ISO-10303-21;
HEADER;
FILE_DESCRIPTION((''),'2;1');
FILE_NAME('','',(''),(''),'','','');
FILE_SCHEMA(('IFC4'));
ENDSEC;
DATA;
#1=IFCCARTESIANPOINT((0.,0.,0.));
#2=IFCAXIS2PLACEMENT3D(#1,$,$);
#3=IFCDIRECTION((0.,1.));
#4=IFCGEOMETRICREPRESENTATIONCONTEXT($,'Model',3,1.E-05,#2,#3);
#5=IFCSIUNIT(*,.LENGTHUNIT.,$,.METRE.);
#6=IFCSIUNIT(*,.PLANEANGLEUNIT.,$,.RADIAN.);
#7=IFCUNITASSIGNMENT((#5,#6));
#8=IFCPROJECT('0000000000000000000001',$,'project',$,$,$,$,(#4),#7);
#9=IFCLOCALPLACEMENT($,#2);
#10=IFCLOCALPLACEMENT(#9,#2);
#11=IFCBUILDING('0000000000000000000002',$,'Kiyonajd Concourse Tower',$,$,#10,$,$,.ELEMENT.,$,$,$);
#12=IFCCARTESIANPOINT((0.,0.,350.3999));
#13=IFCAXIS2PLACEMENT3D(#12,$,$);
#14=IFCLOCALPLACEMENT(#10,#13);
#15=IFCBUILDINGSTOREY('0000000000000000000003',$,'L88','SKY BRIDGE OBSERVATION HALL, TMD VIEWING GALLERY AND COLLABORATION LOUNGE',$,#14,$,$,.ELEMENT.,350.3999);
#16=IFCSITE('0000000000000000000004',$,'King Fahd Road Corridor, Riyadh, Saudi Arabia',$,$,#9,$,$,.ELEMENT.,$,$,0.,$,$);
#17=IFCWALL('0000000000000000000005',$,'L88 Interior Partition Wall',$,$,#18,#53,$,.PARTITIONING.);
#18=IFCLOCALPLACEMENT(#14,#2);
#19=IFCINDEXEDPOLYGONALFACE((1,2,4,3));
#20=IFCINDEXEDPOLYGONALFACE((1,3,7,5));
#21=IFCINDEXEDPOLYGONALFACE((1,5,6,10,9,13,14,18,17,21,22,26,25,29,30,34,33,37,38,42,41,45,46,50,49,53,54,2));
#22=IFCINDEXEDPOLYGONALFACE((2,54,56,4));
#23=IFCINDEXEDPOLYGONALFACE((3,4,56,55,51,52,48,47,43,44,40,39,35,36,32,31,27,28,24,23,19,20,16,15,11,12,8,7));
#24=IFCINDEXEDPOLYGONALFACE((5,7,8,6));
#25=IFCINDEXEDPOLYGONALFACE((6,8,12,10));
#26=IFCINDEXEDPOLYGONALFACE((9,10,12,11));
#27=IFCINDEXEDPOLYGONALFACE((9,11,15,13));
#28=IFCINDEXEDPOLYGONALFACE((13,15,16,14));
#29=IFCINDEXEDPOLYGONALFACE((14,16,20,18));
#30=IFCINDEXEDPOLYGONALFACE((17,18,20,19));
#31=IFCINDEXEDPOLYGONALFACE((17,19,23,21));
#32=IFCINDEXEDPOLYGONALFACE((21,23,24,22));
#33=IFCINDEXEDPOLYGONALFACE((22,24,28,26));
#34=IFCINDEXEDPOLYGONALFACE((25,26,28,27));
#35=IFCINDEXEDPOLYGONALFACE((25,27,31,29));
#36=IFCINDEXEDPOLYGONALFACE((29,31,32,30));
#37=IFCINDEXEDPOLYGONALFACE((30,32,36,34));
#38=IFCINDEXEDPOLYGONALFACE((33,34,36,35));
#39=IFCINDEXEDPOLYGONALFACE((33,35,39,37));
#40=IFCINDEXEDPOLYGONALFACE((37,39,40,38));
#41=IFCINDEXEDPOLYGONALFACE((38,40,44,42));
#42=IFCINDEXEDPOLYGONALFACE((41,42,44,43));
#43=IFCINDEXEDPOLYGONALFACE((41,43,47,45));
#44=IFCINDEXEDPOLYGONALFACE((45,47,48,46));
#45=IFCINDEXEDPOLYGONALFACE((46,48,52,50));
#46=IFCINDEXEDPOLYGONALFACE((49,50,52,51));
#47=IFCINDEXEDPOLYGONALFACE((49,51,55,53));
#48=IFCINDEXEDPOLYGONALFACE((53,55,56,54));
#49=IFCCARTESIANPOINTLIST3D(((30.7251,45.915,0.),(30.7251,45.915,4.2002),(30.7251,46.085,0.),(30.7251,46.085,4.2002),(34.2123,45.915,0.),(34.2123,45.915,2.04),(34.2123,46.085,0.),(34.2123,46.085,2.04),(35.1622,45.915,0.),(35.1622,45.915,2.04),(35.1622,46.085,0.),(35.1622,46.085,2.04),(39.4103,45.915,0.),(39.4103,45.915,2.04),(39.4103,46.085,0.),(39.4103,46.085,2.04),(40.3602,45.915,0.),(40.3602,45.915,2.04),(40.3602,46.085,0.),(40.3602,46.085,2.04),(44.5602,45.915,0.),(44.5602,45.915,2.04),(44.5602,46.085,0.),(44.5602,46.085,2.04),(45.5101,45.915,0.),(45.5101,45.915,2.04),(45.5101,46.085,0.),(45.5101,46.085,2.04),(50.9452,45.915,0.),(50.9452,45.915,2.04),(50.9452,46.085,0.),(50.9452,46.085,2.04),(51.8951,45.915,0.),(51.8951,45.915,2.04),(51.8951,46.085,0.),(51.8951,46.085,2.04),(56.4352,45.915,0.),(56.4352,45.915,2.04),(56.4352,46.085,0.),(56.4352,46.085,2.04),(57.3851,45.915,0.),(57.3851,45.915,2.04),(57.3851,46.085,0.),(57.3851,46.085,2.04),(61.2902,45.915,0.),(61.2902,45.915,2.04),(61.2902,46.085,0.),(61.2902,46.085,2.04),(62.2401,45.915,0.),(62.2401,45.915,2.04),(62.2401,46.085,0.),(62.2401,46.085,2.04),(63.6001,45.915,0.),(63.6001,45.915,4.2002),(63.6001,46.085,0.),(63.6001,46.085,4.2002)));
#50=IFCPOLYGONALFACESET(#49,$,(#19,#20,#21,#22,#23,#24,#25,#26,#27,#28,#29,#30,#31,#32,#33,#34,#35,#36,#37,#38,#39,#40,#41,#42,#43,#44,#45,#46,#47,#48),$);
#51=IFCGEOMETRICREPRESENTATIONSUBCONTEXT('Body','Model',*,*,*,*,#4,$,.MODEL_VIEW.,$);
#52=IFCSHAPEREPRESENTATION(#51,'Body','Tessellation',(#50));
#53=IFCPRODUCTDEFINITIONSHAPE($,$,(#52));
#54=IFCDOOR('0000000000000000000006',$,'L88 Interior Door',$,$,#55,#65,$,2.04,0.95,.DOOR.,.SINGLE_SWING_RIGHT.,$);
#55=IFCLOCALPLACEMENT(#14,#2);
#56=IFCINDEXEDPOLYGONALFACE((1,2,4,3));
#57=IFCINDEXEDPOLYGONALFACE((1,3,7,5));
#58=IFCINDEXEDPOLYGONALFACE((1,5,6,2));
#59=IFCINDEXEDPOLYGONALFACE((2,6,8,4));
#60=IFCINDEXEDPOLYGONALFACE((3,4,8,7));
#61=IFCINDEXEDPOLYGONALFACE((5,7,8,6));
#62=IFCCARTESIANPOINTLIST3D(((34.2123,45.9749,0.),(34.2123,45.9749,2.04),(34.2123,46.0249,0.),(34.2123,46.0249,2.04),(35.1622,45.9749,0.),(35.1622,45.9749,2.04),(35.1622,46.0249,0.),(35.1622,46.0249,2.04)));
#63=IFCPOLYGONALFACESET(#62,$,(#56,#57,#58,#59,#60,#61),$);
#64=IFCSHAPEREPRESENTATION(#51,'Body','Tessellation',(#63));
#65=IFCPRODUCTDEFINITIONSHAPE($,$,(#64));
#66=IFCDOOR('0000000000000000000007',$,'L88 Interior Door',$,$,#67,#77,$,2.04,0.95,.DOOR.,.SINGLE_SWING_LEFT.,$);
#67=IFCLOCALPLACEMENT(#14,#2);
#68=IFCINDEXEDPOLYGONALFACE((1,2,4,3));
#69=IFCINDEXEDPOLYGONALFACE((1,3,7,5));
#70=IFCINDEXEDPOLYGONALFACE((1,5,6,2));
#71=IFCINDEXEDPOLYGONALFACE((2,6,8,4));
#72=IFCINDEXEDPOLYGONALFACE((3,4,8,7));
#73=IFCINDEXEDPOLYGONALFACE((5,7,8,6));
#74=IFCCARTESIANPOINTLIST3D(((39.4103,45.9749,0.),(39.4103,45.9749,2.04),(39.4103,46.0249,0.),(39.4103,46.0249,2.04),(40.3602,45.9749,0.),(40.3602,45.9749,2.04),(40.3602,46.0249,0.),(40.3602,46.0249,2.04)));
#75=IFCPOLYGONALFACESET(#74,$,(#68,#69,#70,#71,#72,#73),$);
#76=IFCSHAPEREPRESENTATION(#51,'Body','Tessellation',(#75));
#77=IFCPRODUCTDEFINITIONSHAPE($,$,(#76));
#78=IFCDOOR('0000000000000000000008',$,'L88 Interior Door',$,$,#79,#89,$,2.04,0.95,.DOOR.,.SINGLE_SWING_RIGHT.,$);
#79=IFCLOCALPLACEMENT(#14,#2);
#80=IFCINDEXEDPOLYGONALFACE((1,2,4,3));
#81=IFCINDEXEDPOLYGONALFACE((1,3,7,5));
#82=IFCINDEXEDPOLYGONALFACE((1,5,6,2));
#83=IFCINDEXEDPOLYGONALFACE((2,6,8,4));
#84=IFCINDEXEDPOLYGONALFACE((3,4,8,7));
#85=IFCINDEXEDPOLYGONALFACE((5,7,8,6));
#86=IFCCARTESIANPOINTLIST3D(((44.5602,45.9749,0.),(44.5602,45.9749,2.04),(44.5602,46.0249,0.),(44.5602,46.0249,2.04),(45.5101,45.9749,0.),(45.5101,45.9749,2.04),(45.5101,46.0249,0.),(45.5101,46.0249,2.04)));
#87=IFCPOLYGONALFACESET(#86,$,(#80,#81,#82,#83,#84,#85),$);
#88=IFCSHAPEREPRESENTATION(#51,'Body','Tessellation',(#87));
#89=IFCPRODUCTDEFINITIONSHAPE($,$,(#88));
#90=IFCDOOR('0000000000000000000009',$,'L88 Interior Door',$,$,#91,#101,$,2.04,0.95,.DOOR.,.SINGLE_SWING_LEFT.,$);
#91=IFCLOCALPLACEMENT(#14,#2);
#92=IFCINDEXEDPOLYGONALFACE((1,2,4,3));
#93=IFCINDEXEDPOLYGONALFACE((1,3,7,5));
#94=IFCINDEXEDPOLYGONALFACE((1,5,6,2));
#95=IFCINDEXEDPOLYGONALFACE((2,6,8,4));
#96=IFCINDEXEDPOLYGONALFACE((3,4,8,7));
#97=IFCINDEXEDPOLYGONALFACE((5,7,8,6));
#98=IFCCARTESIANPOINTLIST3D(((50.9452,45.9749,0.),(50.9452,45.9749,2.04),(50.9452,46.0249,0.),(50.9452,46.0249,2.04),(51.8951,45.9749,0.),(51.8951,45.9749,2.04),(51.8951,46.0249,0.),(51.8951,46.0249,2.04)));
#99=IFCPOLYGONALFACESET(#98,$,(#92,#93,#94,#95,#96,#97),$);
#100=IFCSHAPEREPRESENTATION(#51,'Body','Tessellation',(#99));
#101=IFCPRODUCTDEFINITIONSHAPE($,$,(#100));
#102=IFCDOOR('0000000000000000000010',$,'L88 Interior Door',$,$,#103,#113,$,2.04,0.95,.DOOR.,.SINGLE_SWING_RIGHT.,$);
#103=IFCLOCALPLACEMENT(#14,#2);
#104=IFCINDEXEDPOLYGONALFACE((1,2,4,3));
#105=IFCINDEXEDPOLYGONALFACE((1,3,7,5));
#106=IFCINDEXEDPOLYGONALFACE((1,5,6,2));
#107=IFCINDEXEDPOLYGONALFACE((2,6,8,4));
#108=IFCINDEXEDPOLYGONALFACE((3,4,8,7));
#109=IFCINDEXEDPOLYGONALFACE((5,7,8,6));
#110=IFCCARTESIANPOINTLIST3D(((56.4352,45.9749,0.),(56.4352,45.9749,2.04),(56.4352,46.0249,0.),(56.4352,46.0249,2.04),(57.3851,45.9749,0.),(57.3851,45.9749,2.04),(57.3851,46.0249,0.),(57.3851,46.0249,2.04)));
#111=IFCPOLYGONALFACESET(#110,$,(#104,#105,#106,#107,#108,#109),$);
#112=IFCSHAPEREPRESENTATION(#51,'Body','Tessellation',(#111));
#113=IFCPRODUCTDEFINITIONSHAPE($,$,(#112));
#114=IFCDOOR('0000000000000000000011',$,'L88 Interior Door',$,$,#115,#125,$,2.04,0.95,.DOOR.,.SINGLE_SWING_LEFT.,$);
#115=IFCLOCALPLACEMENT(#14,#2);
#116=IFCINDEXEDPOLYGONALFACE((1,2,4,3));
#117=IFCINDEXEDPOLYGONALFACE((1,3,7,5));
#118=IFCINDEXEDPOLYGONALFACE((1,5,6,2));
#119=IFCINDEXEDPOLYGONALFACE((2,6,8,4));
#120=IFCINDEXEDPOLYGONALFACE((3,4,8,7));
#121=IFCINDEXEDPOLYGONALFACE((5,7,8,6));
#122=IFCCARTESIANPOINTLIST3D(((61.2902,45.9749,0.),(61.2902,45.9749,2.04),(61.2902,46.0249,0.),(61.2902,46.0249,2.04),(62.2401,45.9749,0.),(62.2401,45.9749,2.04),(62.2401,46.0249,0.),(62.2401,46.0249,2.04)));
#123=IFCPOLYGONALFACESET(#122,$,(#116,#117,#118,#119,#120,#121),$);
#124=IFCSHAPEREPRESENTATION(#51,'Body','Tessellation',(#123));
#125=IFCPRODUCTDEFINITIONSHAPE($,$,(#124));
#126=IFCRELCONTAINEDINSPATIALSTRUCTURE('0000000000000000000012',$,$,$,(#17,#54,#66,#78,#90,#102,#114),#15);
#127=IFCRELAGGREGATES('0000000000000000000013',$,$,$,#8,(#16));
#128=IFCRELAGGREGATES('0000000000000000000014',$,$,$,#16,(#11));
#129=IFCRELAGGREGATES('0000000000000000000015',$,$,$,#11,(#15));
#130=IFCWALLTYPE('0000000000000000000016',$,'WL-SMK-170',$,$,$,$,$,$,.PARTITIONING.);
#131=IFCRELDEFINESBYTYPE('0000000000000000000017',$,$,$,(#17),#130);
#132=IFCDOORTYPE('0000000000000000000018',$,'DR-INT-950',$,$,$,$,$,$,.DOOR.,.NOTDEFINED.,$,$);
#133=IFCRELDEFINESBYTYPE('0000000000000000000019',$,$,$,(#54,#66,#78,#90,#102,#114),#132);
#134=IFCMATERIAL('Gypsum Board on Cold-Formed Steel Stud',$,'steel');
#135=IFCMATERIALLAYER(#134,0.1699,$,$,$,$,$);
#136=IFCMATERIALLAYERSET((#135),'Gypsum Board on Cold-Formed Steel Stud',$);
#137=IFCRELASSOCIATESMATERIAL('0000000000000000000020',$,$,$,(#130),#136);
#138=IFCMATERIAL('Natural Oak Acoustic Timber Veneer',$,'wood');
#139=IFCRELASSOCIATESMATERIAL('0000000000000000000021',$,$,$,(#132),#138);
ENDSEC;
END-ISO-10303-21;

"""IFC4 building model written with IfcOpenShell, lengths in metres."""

from ifc_helpers import new_model, si_unit, direction, frame, frame_2d, origin, place, context, subcontext, project, spatial, rectangle, extrude, material, layer, layer_set, type_object, element, fill, save


model = new_model("IFC4")

# Units and contexts
model_context = context("Model", 3, precision=1e-05, world=origin(), true_north=direction((0.0, 1.0)))
body_context = subcontext(model_context, "Body", "Model", "MODEL_VIEW")
ifc_project = project(units=[si_unit("LENGTHUNIT", "METRE"), si_unit("PLANEANGLEUNIT", "RADIAN")], contexts=[model_context])

# Site, building, storey
site_placement = place(None, origin())
site = spatial("IfcSite", under=ifc_project, at=site_placement, Name="King Fahd Road Corridor, Riyadh, Saudi Arabia", CompositionType="ELEMENT", RefElevation=0.0)
building_placement = place(site_placement, origin())
building = spatial("IfcBuilding", under=site, at=building_placement, Name="Kiyonajd Concourse Tower", CompositionType="ELEMENT")
storey_placement = place(building_placement, frame((0.0, 0.0, 350.3999)))
storey = spatial("IfcBuildingStorey", under=building, at=storey_placement, Name="L88", Description="SKY BRIDGE OBSERVATION HALL, TMD VIEWING GALLERY AND COLLABORATION LOUNGE", CompositionType="ELEMENT", Elevation=350.3999)

# Wall, openings, doors
ifc_material_1 = material(Name="Gypsum Board on Cold-Formed Steel Stud", Category="steel")
ifc_layer_1 = layer(ifc_material_1, 0.1699)
ifc_layer_set_1 = layer_set([ifc_layer_1], Name="Gypsum Board on Cold-Formed Steel Stud")
wall_type_1 = type_object("IfcWallType", Name="WL-SMK-170", PredefinedType="PARTITIONING", material=ifc_layer_set_1)
wall_1_placement = place(storey_placement, frame((30.7251, 46.0, 0.0), z_axis=(0.0, 0.0, 1.0), x_axis=(1.0, 0.0, 0.0)))
wall_1 = element("IfcWall", 1, at=wall_1_placement, inside=storey, type_object=wall_type_1, Name="L88 Interior Partition Wall", PredefinedType="PARTITIONING", context=body_context, shape_type="SweptSolid", body=[
    extrude(rectangle(XDim=32.875, YDim=0.1699, at=frame_2d((16.4375, 0.0))), origin(), (0.0, 0.0, 1.0), 4.2002),
])
opening_1_placement = place(wall_1_placement, frame((3.4871, 0.0, 0.0)))
opening_1 = element("IfcOpeningElement", 2, at=opening_1_placement, cuts=wall_1, PredefinedType="OPENING", context=body_context, shape_type="SweptSolid", body=[
    extrude(rectangle(XDim=0.95, YDim=2.04, at=frame_2d((0.4751, 1.02))), frame((0.0, 0.095, 0.0), z_axis=(0.0, -1.0, 0.0), x_axis=(1.0, 0.0, 0.0)), (0.0, 0.0, 1.0), 0.1899),
])
opening_2_placement = place(wall_1_placement, frame((8.6851, 0.0, 0.0)))
opening_2 = element("IfcOpeningElement", 3, at=opening_2_placement, cuts=wall_1, PredefinedType="OPENING", context=body_context, shape_type="SweptSolid", body=[
    extrude(rectangle(XDim=0.95, YDim=2.04, at=frame_2d((0.4751, 1.02))), frame((0.0, 0.095, 0.0), z_axis=(0.0, -1.0, 0.0), x_axis=(1.0, 0.0, 0.0)), (0.0, 0.0, 1.0), 0.1899),
])
opening_3_placement = place(wall_1_placement, frame((13.835, 0.0, 0.0)))
opening_3 = element("IfcOpeningElement", 4, at=opening_3_placement, cuts=wall_1, PredefinedType="OPENING", context=body_context, shape_type="SweptSolid", body=[
    extrude(rectangle(XDim=0.95, YDim=2.04, at=frame_2d((0.4751, 1.02))), frame((0.0, 0.095, 0.0), z_axis=(0.0, -1.0, 0.0), x_axis=(1.0, 0.0, 0.0)), (0.0, 0.0, 1.0), 0.1899),
])
opening_4_placement = place(wall_1_placement, frame((20.22, 0.0, 0.0)))
opening_4 = element("IfcOpeningElement", 5, at=opening_4_placement, cuts=wall_1, PredefinedType="OPENING", context=body_context, shape_type="SweptSolid", body=[
    extrude(rectangle(XDim=0.95, YDim=2.04, at=frame_2d((0.4751, 1.02))), frame((0.0, 0.095, 0.0), z_axis=(0.0, -1.0, 0.0), x_axis=(1.0, 0.0, 0.0)), (0.0, 0.0, 1.0), 0.1899),
])
opening_5_placement = place(wall_1_placement, frame((25.71, 0.0, 0.0)))
opening_5 = element("IfcOpeningElement", 6, at=opening_5_placement, cuts=wall_1, PredefinedType="OPENING", context=body_context, shape_type="SweptSolid", body=[
    extrude(rectangle(XDim=0.95, YDim=2.04, at=frame_2d((0.4751, 1.02))), frame((0.0, 0.095, 0.0), z_axis=(0.0, -1.0, 0.0), x_axis=(1.0, 0.0, 0.0)), (0.0, 0.0, 1.0), 0.1899),
])
opening_6_placement = place(wall_1_placement, frame((30.5649, 0.0, 0.0)))
opening_6 = element("IfcOpeningElement", 7, at=opening_6_placement, cuts=wall_1, PredefinedType="OPENING", context=body_context, shape_type="SweptSolid", body=[
    extrude(rectangle(XDim=0.95, YDim=2.04, at=frame_2d((0.4751, 1.02))), frame((0.0, 0.095, 0.0), z_axis=(0.0, -1.0, 0.0), x_axis=(1.0, 0.0, 0.0)), (0.0, 0.0, 1.0), 0.1899),
])
ifc_material_2 = material(Name="Natural Oak Acoustic Timber Veneer", Category="wood")
door_type = type_object("IfcDoorType", Name="DR-INT-950", OperationType="NOTDEFINED", PredefinedType="DOOR", material=ifc_material_2)
door_1_placement = place(opening_1_placement, origin())
door_1 = element("IfcDoor", 8, at=door_1_placement, inside=storey, type_object=door_type, Name="L88 Interior Door", OperationType="SINGLE_SWING_RIGHT", OverallHeight=2.04, OverallWidth=0.95, PredefinedType="DOOR", context=body_context, shape_type="SweptSolid", body=[
    extrude(rectangle(XDim=0.95, YDim=2.04, at=frame_2d((0.4751, 1.02))), frame((0.0, 0.0249, 0.0), z_axis=(0.0, -1.0, 0.0), x_axis=(1.0, 0.0, 0.0)), (0.0, 0.0, 1.0), 0.05),
])
fill(opening_1, door_1)
door_2_placement = place(opening_2_placement, origin())
door_2 = element("IfcDoor", 9, at=door_2_placement, inside=storey, type_object=door_type, Name="L88 Interior Door", OperationType="SINGLE_SWING_LEFT", OverallHeight=2.04, OverallWidth=0.95, PredefinedType="DOOR", context=body_context, shape_type="SweptSolid", body=[
    extrude(rectangle(XDim=0.95, YDim=2.04, at=frame_2d((0.4751, 1.02))), frame((0.0, 0.0249, 0.0), z_axis=(0.0, -1.0, 0.0), x_axis=(1.0, 0.0, 0.0)), (0.0, 0.0, 1.0), 0.05),
])
fill(opening_2, door_2)
door_3_placement = place(opening_3_placement, origin())
door_3 = element("IfcDoor", 10, at=door_3_placement, inside=storey, type_object=door_type, Name="L88 Interior Door", OperationType="SINGLE_SWING_RIGHT", OverallHeight=2.04, OverallWidth=0.95, PredefinedType="DOOR", context=body_context, shape_type="SweptSolid", body=[
    extrude(rectangle(XDim=0.95, YDim=2.04, at=frame_2d((0.4751, 1.02))), frame((0.0, 0.0249, 0.0), z_axis=(0.0, -1.0, 0.0), x_axis=(1.0, 0.0, 0.0)), (0.0, 0.0, 1.0), 0.05),
])
fill(opening_3, door_3)
door_4_placement = place(opening_4_placement, origin())
door_4 = element("IfcDoor", 11, at=door_4_placement, inside=storey, type_object=door_type, Name="L88 Interior Door", OperationType="SINGLE_SWING_LEFT", OverallHeight=2.04, OverallWidth=0.95, PredefinedType="DOOR", context=body_context, shape_type="SweptSolid", body=[
    extrude(rectangle(XDim=0.95, YDim=2.04, at=frame_2d((0.4751, 1.02))), frame((0.0, 0.0249, 0.0), z_axis=(0.0, -1.0, 0.0), x_axis=(1.0, 0.0, 0.0)), (0.0, 0.0, 1.0), 0.05),
])
fill(opening_4, door_4)
door_5_placement = place(opening_5_placement, origin())
door_5 = element("IfcDoor", 12, at=door_5_placement, inside=storey, type_object=door_type, Name="L88 Interior Door", OperationType="SINGLE_SWING_RIGHT", OverallHeight=2.04, OverallWidth=0.95, PredefinedType="DOOR", context=body_context, shape_type="SweptSolid", body=[
    extrude(rectangle(XDim=0.95, YDim=2.04, at=frame_2d((0.4751, 1.02))), frame((0.0, 0.0249, 0.0), z_axis=(0.0, -1.0, 0.0), x_axis=(1.0, 0.0, 0.0)), (0.0, 0.0, 1.0), 0.05),
])
fill(opening_5, door_5)
door_6_placement = place(opening_6_placement, origin())
door_6 = element("IfcDoor", 13, at=door_6_placement, inside=storey, type_object=door_type, Name="L88 Interior Door", OperationType="SINGLE_SWING_LEFT", OverallHeight=2.04, OverallWidth=0.95, PredefinedType="DOOR", context=body_context, shape_type="SweptSolid", body=[
    extrude(rectangle(XDim=0.95, YDim=2.04, at=frame_2d((0.4751, 1.02))), frame((0.0, 0.0249, 0.0), z_axis=(0.0, -1.0, 0.0), x_axis=(1.0, 0.0, 0.0)), (0.0, 0.0, 1.0), 0.05),
])
fill(opening_6, door_6)

save(model, "model.ifc")
